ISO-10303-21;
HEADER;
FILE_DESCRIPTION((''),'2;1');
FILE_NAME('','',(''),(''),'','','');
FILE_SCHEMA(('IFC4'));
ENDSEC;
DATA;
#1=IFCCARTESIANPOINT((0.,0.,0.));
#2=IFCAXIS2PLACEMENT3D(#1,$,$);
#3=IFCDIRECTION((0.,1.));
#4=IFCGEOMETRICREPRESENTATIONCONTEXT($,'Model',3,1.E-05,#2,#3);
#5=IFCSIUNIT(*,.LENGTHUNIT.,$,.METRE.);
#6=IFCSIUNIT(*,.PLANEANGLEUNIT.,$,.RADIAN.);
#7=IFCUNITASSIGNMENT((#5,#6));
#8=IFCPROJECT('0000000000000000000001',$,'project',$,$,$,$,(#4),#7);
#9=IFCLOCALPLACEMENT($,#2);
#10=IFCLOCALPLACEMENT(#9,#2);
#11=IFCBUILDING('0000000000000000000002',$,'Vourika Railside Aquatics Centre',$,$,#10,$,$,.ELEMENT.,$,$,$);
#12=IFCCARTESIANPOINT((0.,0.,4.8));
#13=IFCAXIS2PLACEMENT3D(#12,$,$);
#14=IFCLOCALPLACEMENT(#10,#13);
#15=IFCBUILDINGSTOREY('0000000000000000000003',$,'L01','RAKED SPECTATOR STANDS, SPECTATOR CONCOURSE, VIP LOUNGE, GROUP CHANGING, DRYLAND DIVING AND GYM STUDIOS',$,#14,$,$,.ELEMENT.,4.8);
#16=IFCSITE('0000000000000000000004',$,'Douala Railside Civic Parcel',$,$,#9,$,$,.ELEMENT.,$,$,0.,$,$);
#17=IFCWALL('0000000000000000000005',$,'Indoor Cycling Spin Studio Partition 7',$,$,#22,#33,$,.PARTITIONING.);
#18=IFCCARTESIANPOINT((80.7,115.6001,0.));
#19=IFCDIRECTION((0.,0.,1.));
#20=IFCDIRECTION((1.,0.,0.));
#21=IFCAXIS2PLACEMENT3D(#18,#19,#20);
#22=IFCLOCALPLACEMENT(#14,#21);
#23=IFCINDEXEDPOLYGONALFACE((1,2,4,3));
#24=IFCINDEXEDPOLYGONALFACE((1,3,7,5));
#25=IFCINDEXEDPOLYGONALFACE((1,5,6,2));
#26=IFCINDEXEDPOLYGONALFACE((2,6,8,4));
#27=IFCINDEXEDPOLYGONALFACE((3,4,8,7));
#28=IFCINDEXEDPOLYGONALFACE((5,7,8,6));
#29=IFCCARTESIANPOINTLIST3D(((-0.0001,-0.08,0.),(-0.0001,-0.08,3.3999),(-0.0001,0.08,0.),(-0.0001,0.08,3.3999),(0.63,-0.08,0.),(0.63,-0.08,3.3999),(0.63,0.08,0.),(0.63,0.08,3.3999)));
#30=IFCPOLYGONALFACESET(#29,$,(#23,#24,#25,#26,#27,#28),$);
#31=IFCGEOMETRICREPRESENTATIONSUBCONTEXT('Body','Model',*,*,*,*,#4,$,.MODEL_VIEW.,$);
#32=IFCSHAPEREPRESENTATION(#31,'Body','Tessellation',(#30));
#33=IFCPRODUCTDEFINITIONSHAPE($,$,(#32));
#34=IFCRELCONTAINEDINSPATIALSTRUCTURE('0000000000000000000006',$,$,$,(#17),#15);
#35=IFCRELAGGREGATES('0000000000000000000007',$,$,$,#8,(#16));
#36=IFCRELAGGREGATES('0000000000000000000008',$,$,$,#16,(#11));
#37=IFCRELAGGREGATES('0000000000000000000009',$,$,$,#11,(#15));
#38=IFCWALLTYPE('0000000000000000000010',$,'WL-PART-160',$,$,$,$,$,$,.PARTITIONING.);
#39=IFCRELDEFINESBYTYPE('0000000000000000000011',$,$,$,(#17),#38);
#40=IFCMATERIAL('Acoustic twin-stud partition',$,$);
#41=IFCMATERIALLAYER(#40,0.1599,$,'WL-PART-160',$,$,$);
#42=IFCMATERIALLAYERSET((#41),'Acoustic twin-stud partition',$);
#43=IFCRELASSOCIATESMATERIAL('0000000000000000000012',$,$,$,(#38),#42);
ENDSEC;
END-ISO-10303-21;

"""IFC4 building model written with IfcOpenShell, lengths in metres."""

from ifc_helpers import new_model, si_unit, direction, frame, frame_2d, origin, place, context, subcontext, project, spatial, rectangle, extrude, material, layer, layer_set, type_object, element, save


model = new_model("IFC4")

# Units and contexts
model_context = context("Model", 3, precision=1e-05, world=origin(), true_north=direction((0.0, 1.0)))
body_context = subcontext(model_context, "Body", "Model", "MODEL_VIEW")
ifc_project = project(units=[si_unit("LENGTHUNIT", "METRE"), si_unit("PLANEANGLEUNIT", "RADIAN")], contexts=[model_context])

# Site, building, storey
site_placement = place(None, origin())
site = spatial("IfcSite", under=ifc_project, at=site_placement, Name="Douala Railside Civic Parcel", CompositionType="ELEMENT", RefElevation=0.0)
building_placement = place(site_placement, origin())
building = spatial("IfcBuilding", under=site, at=building_placement, Name="Vourika Railside Aquatics Centre", CompositionType="ELEMENT")
storey_placement = place(building_placement, frame((0.0, 0.0, 4.8)))
storey = spatial("IfcBuildingStorey", under=building, at=storey_placement, Name="L01", Description="RAKED SPECTATOR STANDS, SPECTATOR CONCOURSE, VIP LOUNGE, GROUP CHANGING, DRYLAND DIVING AND GYM STUDIOS", CompositionType="ELEMENT", Elevation=4.8)

# Wall
ifc_material_1 = material(Name="Acoustic twin-stud partition")
ifc_layer_1 = layer(ifc_material_1, 0.1599, Name="WL-PART-160")
ifc_layer_set_1 = layer_set([ifc_layer_1], Name="Acoustic twin-stud partition")
wall_type_1 = type_object("IfcWallType", Name="WL-PART-160", PredefinedType="PARTITIONING", material=ifc_layer_set_1)
for number, where, z_axis, x_axis, name in (
    (1, (80.7, 115.6001, 0.0), (0.0, 0.0, 1.0), (1.0, 0.0, 0.0), "Indoor Cycling Spin Studio Partition 7"),
):
    element("IfcWall", number, at=place(storey_placement, frame(where, z_axis=z_axis, x_axis=x_axis)), inside=storey, type_object=wall_type_1, Name=name, PredefinedType="PARTITIONING", context=body_context, shape_type="SweptSolid", body=[
        extrude(rectangle(XDim=0.6301, YDim=0.1599, at=frame_2d((0.3149, 0.0))), origin(), (0.0, 0.0, 1.0), 3.3999),
    ])

save(model, "model.ifc")
